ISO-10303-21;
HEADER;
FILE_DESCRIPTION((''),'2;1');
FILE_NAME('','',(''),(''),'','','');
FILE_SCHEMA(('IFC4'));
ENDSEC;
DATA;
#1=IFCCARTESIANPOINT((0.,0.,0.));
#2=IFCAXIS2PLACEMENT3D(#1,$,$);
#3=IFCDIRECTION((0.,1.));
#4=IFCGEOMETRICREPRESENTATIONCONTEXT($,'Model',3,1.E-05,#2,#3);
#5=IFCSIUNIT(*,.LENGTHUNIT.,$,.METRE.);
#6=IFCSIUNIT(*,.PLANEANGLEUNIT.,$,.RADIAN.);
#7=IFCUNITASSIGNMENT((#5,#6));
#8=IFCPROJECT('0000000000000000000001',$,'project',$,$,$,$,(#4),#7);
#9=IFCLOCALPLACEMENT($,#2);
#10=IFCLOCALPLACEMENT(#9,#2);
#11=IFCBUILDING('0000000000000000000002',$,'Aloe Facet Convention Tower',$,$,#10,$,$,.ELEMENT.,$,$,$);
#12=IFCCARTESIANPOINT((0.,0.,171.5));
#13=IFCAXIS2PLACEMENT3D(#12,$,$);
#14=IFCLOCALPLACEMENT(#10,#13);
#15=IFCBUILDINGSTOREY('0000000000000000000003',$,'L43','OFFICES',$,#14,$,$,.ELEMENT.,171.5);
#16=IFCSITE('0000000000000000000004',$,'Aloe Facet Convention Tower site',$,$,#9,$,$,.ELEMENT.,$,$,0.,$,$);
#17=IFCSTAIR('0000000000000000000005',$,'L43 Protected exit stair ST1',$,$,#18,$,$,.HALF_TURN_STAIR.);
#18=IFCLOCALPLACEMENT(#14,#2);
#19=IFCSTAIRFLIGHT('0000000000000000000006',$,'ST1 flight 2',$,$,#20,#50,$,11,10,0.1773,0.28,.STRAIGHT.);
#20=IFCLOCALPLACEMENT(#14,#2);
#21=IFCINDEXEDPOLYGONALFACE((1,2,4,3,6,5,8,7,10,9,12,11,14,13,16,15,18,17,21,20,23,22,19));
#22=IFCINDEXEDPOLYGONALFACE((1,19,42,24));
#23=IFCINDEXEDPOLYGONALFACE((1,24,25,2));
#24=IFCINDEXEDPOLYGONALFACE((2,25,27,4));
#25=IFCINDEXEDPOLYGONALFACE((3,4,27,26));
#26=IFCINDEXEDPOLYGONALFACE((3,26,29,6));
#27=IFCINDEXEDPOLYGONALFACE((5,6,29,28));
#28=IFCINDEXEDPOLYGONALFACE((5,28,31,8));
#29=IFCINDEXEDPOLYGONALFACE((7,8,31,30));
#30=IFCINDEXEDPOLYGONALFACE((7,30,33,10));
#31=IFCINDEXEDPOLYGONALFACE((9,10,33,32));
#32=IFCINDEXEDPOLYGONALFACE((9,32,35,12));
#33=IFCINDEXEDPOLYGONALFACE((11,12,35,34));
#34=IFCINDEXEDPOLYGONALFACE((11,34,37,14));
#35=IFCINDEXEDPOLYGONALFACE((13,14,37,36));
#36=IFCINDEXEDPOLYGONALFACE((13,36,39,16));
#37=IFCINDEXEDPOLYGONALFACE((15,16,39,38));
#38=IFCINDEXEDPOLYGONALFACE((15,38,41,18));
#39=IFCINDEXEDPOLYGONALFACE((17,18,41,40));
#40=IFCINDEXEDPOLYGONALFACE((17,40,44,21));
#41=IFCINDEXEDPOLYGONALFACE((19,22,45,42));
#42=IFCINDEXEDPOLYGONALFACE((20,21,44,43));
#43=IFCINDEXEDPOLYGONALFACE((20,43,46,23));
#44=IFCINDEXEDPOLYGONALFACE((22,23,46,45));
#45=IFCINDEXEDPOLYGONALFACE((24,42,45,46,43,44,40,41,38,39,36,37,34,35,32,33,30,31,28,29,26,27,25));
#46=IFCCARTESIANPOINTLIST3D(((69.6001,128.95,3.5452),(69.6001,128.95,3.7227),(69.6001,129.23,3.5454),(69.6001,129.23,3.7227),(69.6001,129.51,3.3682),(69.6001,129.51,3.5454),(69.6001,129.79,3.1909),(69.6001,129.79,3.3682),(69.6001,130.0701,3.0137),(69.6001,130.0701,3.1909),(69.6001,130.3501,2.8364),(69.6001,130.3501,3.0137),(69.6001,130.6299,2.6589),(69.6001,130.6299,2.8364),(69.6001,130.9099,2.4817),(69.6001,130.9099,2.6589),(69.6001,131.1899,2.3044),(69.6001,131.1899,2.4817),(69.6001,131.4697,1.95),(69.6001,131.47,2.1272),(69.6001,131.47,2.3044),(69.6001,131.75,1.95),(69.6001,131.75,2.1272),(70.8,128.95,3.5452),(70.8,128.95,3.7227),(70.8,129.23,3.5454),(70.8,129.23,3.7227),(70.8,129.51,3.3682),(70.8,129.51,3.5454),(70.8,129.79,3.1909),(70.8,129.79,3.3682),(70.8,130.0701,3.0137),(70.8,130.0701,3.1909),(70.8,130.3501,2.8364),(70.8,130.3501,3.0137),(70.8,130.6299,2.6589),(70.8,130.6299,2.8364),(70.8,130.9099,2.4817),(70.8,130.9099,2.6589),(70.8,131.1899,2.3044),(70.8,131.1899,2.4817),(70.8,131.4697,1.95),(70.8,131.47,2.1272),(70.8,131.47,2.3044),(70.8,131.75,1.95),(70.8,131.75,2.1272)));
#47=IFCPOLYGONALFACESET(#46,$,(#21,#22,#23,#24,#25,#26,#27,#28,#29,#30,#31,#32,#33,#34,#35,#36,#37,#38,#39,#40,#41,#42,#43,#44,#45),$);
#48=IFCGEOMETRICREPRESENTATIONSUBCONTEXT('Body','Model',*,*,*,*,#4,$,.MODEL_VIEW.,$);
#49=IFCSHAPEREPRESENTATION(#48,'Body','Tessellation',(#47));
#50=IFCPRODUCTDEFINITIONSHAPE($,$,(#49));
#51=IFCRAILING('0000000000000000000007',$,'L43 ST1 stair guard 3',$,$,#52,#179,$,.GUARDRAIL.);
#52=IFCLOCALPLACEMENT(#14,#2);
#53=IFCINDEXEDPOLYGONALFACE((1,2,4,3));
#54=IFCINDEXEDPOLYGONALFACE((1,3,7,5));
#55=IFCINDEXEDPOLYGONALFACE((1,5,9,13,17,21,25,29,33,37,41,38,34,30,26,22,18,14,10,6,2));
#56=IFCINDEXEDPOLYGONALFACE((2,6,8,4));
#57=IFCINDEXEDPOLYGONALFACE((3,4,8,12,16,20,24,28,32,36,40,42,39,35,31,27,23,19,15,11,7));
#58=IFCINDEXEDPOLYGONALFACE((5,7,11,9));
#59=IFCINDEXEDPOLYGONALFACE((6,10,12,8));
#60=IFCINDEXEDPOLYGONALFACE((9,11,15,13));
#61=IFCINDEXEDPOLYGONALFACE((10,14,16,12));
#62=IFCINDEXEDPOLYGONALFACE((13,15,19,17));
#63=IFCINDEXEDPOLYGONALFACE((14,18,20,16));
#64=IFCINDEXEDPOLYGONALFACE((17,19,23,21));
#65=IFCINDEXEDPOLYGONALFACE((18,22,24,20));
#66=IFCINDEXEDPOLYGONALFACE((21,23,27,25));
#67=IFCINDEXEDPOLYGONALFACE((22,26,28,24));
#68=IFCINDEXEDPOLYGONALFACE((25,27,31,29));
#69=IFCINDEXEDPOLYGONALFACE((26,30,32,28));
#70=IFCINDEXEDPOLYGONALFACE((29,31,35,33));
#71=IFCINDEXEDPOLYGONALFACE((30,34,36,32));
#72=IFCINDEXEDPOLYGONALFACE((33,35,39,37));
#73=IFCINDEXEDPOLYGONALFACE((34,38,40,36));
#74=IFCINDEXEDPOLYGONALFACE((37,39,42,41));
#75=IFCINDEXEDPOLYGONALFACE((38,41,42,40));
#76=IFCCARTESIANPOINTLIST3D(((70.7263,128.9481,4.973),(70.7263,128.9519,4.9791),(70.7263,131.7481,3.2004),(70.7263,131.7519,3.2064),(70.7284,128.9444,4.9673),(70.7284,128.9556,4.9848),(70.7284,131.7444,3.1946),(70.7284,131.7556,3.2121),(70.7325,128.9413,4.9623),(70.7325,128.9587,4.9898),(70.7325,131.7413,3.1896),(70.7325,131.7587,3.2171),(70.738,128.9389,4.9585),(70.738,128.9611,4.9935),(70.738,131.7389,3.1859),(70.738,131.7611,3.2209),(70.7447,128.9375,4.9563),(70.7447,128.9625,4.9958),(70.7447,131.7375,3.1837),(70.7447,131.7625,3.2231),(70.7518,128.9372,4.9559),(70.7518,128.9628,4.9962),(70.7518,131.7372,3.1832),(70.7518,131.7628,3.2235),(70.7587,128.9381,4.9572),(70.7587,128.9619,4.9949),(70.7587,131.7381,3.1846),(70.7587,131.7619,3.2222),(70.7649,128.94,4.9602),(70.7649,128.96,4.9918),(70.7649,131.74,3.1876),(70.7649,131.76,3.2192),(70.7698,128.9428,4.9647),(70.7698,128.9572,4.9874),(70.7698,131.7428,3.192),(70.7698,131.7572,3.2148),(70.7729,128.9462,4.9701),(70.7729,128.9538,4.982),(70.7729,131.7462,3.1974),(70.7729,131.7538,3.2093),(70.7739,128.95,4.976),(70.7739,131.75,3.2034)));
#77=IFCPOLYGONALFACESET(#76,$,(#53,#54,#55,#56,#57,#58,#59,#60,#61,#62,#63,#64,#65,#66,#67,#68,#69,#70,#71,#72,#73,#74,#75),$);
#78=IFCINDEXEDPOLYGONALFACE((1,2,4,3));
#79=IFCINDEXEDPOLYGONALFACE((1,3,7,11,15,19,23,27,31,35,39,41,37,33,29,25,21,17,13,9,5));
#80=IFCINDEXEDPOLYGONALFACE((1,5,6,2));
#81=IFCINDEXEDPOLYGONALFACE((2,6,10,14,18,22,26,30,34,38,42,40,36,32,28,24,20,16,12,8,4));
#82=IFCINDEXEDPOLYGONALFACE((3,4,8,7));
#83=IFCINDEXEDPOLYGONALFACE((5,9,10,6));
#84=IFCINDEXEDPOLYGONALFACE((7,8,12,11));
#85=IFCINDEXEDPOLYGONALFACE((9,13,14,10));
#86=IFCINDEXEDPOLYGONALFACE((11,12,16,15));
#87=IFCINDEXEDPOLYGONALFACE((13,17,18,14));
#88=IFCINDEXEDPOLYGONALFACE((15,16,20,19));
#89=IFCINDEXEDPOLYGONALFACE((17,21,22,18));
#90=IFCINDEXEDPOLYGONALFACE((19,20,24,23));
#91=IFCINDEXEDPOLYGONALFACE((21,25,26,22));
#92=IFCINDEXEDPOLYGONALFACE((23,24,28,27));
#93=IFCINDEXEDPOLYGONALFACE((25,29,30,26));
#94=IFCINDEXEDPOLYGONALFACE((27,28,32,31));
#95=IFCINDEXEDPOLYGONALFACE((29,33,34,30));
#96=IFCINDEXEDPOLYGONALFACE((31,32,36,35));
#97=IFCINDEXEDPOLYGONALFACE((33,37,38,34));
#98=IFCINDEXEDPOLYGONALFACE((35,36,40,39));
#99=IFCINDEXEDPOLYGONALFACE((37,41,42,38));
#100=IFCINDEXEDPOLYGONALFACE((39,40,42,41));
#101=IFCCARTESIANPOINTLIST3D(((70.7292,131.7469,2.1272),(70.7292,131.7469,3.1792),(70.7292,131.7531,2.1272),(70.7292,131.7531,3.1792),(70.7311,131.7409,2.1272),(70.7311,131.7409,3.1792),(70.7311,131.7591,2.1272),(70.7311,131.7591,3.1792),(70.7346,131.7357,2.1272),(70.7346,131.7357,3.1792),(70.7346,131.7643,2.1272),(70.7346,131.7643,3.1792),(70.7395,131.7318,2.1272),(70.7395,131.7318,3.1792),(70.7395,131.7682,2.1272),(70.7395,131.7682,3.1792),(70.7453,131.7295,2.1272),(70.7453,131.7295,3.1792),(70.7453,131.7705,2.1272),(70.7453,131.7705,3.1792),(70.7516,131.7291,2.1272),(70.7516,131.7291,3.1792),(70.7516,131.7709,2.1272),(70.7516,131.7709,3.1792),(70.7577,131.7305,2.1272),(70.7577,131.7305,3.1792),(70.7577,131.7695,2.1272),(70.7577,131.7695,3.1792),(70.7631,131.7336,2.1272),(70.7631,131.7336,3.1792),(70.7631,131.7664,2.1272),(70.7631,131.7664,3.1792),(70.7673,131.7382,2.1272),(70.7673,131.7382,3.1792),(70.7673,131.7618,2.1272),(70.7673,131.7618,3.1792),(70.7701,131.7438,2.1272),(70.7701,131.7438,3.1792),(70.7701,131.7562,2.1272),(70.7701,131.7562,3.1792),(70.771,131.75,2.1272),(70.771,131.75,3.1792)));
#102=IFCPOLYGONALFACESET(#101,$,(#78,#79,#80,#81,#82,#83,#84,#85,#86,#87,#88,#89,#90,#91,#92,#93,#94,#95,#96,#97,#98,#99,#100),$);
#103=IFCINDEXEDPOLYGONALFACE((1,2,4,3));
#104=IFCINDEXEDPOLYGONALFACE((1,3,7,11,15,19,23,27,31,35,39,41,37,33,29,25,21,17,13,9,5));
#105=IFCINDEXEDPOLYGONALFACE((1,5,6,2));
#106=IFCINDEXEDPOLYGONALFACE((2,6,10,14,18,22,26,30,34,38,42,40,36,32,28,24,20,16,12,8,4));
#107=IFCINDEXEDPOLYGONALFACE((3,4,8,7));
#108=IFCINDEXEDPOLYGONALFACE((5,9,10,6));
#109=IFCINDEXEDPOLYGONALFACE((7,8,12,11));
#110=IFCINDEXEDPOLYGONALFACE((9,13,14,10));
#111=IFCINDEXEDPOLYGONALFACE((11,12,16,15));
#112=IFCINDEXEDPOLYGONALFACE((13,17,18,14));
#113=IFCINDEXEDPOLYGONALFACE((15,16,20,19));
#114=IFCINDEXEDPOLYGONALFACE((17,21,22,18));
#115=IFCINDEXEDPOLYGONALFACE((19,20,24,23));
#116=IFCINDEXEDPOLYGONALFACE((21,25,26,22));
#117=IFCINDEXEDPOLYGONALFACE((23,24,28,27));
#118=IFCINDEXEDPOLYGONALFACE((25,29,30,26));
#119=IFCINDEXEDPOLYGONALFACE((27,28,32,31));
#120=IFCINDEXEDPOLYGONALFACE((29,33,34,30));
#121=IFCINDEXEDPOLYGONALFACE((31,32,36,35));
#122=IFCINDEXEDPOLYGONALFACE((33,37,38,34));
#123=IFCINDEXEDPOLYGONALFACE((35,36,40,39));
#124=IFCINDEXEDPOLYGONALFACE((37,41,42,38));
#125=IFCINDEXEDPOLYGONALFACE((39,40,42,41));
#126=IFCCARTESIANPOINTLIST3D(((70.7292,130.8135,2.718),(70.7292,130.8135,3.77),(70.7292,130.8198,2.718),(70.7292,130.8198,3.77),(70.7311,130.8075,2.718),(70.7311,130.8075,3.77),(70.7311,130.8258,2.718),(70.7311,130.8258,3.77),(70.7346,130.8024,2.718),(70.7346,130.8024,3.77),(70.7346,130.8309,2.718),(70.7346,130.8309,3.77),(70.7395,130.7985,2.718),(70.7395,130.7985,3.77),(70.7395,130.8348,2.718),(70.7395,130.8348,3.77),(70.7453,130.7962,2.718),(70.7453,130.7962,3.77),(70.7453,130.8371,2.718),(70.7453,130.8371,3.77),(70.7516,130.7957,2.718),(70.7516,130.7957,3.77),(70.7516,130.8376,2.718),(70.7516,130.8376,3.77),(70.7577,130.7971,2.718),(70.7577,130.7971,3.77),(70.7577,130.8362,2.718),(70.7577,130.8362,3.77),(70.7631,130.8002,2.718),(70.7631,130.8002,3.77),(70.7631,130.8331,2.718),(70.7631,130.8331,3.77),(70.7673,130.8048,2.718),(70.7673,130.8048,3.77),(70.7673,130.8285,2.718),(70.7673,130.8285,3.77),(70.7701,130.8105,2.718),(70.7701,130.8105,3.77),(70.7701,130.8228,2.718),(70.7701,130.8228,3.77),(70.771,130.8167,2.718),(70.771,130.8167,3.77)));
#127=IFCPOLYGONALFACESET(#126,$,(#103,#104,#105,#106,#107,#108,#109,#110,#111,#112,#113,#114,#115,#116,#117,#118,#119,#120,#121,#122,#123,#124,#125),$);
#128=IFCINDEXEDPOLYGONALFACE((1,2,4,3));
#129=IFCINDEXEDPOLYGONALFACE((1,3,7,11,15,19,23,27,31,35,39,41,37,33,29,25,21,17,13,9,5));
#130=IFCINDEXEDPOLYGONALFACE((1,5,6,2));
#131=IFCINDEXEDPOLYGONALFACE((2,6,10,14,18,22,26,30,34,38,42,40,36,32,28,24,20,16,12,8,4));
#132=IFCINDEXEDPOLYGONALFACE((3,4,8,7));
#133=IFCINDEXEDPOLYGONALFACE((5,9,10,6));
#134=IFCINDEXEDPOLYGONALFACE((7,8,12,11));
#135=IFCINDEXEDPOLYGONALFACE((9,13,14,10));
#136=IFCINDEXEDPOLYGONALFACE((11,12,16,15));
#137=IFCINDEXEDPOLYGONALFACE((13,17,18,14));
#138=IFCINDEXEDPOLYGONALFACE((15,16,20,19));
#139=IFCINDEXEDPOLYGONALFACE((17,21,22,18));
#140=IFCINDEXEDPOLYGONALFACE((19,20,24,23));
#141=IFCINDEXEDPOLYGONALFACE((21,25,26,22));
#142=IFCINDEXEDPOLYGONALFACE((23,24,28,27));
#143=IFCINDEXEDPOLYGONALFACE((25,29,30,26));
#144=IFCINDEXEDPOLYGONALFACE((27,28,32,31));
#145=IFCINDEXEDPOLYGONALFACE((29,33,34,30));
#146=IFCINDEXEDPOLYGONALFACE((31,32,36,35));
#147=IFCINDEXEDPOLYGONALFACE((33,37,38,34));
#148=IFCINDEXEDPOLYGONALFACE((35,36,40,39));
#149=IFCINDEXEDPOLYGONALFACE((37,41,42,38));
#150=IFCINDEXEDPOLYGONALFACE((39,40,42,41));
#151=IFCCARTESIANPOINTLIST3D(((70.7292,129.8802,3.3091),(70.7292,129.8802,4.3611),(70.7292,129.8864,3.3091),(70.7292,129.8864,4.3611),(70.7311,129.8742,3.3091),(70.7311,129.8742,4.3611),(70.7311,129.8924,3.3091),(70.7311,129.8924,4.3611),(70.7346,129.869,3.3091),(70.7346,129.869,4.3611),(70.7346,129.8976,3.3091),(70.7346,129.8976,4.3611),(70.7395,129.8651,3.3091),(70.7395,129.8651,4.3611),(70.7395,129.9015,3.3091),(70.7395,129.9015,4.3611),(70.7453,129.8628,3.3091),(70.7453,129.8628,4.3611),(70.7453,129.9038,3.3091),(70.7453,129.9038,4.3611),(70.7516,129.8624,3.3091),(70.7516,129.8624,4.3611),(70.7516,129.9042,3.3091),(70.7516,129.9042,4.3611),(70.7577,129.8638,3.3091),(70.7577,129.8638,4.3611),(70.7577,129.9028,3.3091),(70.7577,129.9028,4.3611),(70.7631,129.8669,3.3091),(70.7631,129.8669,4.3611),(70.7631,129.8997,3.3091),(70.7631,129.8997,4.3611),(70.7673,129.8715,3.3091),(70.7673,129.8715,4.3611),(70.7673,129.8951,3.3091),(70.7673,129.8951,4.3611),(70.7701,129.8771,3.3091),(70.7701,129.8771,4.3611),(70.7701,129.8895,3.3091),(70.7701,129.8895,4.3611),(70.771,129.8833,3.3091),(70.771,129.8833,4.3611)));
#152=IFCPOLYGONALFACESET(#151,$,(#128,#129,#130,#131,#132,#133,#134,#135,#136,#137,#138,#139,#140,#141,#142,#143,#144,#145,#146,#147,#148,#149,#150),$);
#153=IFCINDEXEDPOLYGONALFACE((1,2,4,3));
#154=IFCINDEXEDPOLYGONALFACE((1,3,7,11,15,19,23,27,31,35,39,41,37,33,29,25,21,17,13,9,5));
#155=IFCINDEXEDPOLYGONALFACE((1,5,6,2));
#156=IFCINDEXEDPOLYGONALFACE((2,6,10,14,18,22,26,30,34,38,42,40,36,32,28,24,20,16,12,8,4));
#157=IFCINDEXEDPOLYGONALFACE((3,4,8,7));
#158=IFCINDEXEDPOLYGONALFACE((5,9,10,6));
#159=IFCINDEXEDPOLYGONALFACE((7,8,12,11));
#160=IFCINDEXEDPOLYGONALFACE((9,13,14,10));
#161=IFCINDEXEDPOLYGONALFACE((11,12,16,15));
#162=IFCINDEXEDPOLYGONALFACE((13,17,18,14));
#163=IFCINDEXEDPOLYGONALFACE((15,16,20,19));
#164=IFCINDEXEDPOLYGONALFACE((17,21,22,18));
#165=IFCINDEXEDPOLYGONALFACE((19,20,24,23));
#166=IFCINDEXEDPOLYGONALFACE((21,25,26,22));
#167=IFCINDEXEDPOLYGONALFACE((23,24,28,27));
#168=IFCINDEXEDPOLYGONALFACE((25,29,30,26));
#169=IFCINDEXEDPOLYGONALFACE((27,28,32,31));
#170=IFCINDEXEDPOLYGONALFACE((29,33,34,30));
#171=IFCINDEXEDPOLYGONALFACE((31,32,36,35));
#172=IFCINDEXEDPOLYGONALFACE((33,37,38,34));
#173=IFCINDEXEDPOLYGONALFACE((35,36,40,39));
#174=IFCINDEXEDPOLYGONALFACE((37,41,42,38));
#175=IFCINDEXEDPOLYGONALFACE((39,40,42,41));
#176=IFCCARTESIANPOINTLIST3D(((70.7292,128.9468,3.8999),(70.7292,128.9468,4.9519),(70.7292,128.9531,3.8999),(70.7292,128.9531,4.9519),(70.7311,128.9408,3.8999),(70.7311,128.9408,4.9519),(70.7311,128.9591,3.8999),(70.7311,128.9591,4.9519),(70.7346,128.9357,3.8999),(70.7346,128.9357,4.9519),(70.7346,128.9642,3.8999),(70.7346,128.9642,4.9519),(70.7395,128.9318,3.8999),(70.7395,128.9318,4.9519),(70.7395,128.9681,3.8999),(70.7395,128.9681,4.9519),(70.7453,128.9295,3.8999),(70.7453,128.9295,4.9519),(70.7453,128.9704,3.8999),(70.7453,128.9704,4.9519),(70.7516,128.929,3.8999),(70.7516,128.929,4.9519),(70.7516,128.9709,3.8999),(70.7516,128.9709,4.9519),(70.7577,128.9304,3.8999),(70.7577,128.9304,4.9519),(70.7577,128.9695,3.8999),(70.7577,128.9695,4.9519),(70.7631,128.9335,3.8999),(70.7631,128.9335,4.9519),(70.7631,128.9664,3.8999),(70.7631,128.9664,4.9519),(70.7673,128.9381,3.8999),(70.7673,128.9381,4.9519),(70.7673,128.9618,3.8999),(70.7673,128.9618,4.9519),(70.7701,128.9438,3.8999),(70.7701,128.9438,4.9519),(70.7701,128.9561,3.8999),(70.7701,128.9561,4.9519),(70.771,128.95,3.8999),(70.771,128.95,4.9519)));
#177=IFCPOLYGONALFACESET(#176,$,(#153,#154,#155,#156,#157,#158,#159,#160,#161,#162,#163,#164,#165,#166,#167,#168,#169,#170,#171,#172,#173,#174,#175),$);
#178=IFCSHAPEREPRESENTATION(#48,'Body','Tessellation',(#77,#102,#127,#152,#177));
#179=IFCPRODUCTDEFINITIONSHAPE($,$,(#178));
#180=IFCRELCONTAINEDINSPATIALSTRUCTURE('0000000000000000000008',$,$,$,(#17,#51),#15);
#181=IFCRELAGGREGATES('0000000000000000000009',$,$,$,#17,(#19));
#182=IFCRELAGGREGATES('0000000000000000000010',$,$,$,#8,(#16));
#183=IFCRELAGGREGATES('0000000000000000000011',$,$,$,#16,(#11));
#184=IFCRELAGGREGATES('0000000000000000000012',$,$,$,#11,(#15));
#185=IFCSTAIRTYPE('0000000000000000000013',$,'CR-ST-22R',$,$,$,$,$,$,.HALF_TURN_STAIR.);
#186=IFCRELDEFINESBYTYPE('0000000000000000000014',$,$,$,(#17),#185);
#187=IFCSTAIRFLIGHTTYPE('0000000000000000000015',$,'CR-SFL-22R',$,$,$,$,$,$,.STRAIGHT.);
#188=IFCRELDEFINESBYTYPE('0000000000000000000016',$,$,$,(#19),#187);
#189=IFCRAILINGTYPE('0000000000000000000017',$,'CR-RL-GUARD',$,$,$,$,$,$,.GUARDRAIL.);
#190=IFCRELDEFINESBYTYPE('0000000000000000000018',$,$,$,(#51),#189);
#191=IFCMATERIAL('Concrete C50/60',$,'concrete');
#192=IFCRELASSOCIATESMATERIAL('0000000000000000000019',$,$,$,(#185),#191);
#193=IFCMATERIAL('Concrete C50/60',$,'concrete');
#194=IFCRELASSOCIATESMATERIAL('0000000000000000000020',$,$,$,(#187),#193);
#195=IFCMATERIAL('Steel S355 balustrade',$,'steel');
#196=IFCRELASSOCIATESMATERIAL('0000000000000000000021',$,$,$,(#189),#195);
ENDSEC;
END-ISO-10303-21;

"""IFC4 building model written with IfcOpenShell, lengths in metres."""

from ifc_helpers import new_model, si_unit, direction, frame, origin, origin_2d, place, context, subcontext, project, spatial, polyline, circle, outline, extrude, material, type_object, element, aggregate, save


model = new_model("IFC4")

# Units and contexts
model_context = context("Model", 3, precision=1e-05, world=origin(), true_north=direction((0.0, 1.0)))
body_context = subcontext(model_context, "Body", "Model", "MODEL_VIEW")
ifc_project = project(units=[si_unit("LENGTHUNIT", "METRE"), si_unit("PLANEANGLEUNIT", "RADIAN")], contexts=[model_context])

# Site, building, storey
site_placement = place(None, origin())
site = spatial("IfcSite", under=ifc_project, at=site_placement, Name="Aloe Facet Convention Tower site", CompositionType="ELEMENT", RefElevation=0.0)
building_placement = place(site_placement, origin())
building = spatial("IfcBuilding", under=site, at=building_placement, Name="Aloe Facet Convention Tower", CompositionType="ELEMENT")
storey_placement = place(building_placement, frame((0.0, 0.0, 171.5)))
storey = spatial("IfcBuildingStorey", under=building, at=storey_placement, Name="L43", Description="OFFICES", CompositionType="ELEMENT", Elevation=171.5)

# Stair, stair flight
ifc_material_1 = material(Name="Concrete C50/60", Category="concrete")
stair_type = type_object("IfcStairType", Name="CR-ST-22R", PredefinedType="HALF_TURN_STAIR", material=ifc_material_1)
stair_placement = place(storey_placement, origin())
stair = element("IfcStair", 1, at=stair_placement, inside=storey, type_object=stair_type, Name="L43 Protected exit stair ST1", PredefinedType="HALF_TURN_STAIR")
ifc_material_2 = material(Name="Concrete C50/60", Category="concrete")
stair_flight_type = type_object("IfcStairFlightType", Name="CR-SFL-22R", PredefinedType="STRAIGHT", material=ifc_material_2)
stair_flight_placement = place(storey_placement, frame((70.2, 131.75, 1.95), z_axis=(0.0, 0.0, 1.0), x_axis=(0.0, -1.0, 0.0)))
stair_flight = element("IfcStairFlight", 2, at=stair_flight_placement, type_object=stair_flight_type, Name="ST1 flight 2", NumberOfRisers=11, NumberOfTreads=10, PredefinedType="STRAIGHT", RiserHeight=0.1773, TreadLength=0.28, context=body_context, shape_type="SweptSolid", body=[
    extrude(outline(polyline([(0.0, 0.0), (0.0, 0.1772), (0.28, 0.1772), (0.28, 0.3545), (0.5601, 0.3545), (0.5601, 0.5317), (0.8401, 0.5317), (0.8401, 0.709), (1.1201, 0.709), (1.1201, 0.8865), (1.3999, 0.8865), (1.3999, 1.0637), (1.6799, 1.0637), (1.6799, 1.241), (1.96, 1.241), (1.96, 1.4182), (2.24, 1.4182), (2.24, 1.5955), (2.52, 1.5955), (2.52, 1.7727), (2.8, 1.7727), (2.8, 1.95), (2.8, 1.5952), (0.2803, 0.0), (0.0, 0.0)])), frame((0.0, 0.6001, 0.0), z_axis=(0.0, -1.0, 0.0), x_axis=(1.0, 0.0, 0.0)), (0.0, 0.0, 1.0), 1.2),
])
aggregate(stair, [stair_flight])

# Railing
ifc_material_3 = material(Name="Steel S355 balustrade", Category="steel")
railing_type_1 = type_object("IfcRailingType", Name="CR-RL-GUARD", PredefinedType="GUARDRAIL", material=ifc_material_3)
railing_1_placement = place(storey_placement, frame((70.75, 131.75, 2.1272)))
element("IfcRailing", 3, at=railing_1_placement, inside=storey, type_object=railing_type_1, Name="L43 ST1 stair guard 3", PredefinedType="GUARDRAIL", context=body_context, shape_type="SweptSolid", body=[
    extrude(circle(Radius=0.0239, at=origin_2d()), frame((0.0, 0.0, 1.0762), z_axis=(0.0, -0.844909, 0.53491), x_axis=(1.0, 0.0, 0.0)), (0.0, 0.0, 1.0), 3.314),
    extrude(circle(Radius=0.021, at=origin_2d()), origin(), (0.0, 0.0, 1.0), 1.052),
    extrude(circle(Radius=0.021, at=origin_2d()), frame((0.0, -0.9333, 0.5908)), (0.0, 0.0, 1.0), 1.052),
    extrude(circle(Radius=0.021, at=origin_2d()), frame((0.0, -1.8667, 1.1819)), (0.0, 0.0, 1.0), 1.052),
    extrude(circle(Radius=0.021, at=origin_2d()), frame((0.0, -2.8, 1.7727)), (0.0, 0.0, 1.0), 1.052),
])

save(model, "model.ifc")
